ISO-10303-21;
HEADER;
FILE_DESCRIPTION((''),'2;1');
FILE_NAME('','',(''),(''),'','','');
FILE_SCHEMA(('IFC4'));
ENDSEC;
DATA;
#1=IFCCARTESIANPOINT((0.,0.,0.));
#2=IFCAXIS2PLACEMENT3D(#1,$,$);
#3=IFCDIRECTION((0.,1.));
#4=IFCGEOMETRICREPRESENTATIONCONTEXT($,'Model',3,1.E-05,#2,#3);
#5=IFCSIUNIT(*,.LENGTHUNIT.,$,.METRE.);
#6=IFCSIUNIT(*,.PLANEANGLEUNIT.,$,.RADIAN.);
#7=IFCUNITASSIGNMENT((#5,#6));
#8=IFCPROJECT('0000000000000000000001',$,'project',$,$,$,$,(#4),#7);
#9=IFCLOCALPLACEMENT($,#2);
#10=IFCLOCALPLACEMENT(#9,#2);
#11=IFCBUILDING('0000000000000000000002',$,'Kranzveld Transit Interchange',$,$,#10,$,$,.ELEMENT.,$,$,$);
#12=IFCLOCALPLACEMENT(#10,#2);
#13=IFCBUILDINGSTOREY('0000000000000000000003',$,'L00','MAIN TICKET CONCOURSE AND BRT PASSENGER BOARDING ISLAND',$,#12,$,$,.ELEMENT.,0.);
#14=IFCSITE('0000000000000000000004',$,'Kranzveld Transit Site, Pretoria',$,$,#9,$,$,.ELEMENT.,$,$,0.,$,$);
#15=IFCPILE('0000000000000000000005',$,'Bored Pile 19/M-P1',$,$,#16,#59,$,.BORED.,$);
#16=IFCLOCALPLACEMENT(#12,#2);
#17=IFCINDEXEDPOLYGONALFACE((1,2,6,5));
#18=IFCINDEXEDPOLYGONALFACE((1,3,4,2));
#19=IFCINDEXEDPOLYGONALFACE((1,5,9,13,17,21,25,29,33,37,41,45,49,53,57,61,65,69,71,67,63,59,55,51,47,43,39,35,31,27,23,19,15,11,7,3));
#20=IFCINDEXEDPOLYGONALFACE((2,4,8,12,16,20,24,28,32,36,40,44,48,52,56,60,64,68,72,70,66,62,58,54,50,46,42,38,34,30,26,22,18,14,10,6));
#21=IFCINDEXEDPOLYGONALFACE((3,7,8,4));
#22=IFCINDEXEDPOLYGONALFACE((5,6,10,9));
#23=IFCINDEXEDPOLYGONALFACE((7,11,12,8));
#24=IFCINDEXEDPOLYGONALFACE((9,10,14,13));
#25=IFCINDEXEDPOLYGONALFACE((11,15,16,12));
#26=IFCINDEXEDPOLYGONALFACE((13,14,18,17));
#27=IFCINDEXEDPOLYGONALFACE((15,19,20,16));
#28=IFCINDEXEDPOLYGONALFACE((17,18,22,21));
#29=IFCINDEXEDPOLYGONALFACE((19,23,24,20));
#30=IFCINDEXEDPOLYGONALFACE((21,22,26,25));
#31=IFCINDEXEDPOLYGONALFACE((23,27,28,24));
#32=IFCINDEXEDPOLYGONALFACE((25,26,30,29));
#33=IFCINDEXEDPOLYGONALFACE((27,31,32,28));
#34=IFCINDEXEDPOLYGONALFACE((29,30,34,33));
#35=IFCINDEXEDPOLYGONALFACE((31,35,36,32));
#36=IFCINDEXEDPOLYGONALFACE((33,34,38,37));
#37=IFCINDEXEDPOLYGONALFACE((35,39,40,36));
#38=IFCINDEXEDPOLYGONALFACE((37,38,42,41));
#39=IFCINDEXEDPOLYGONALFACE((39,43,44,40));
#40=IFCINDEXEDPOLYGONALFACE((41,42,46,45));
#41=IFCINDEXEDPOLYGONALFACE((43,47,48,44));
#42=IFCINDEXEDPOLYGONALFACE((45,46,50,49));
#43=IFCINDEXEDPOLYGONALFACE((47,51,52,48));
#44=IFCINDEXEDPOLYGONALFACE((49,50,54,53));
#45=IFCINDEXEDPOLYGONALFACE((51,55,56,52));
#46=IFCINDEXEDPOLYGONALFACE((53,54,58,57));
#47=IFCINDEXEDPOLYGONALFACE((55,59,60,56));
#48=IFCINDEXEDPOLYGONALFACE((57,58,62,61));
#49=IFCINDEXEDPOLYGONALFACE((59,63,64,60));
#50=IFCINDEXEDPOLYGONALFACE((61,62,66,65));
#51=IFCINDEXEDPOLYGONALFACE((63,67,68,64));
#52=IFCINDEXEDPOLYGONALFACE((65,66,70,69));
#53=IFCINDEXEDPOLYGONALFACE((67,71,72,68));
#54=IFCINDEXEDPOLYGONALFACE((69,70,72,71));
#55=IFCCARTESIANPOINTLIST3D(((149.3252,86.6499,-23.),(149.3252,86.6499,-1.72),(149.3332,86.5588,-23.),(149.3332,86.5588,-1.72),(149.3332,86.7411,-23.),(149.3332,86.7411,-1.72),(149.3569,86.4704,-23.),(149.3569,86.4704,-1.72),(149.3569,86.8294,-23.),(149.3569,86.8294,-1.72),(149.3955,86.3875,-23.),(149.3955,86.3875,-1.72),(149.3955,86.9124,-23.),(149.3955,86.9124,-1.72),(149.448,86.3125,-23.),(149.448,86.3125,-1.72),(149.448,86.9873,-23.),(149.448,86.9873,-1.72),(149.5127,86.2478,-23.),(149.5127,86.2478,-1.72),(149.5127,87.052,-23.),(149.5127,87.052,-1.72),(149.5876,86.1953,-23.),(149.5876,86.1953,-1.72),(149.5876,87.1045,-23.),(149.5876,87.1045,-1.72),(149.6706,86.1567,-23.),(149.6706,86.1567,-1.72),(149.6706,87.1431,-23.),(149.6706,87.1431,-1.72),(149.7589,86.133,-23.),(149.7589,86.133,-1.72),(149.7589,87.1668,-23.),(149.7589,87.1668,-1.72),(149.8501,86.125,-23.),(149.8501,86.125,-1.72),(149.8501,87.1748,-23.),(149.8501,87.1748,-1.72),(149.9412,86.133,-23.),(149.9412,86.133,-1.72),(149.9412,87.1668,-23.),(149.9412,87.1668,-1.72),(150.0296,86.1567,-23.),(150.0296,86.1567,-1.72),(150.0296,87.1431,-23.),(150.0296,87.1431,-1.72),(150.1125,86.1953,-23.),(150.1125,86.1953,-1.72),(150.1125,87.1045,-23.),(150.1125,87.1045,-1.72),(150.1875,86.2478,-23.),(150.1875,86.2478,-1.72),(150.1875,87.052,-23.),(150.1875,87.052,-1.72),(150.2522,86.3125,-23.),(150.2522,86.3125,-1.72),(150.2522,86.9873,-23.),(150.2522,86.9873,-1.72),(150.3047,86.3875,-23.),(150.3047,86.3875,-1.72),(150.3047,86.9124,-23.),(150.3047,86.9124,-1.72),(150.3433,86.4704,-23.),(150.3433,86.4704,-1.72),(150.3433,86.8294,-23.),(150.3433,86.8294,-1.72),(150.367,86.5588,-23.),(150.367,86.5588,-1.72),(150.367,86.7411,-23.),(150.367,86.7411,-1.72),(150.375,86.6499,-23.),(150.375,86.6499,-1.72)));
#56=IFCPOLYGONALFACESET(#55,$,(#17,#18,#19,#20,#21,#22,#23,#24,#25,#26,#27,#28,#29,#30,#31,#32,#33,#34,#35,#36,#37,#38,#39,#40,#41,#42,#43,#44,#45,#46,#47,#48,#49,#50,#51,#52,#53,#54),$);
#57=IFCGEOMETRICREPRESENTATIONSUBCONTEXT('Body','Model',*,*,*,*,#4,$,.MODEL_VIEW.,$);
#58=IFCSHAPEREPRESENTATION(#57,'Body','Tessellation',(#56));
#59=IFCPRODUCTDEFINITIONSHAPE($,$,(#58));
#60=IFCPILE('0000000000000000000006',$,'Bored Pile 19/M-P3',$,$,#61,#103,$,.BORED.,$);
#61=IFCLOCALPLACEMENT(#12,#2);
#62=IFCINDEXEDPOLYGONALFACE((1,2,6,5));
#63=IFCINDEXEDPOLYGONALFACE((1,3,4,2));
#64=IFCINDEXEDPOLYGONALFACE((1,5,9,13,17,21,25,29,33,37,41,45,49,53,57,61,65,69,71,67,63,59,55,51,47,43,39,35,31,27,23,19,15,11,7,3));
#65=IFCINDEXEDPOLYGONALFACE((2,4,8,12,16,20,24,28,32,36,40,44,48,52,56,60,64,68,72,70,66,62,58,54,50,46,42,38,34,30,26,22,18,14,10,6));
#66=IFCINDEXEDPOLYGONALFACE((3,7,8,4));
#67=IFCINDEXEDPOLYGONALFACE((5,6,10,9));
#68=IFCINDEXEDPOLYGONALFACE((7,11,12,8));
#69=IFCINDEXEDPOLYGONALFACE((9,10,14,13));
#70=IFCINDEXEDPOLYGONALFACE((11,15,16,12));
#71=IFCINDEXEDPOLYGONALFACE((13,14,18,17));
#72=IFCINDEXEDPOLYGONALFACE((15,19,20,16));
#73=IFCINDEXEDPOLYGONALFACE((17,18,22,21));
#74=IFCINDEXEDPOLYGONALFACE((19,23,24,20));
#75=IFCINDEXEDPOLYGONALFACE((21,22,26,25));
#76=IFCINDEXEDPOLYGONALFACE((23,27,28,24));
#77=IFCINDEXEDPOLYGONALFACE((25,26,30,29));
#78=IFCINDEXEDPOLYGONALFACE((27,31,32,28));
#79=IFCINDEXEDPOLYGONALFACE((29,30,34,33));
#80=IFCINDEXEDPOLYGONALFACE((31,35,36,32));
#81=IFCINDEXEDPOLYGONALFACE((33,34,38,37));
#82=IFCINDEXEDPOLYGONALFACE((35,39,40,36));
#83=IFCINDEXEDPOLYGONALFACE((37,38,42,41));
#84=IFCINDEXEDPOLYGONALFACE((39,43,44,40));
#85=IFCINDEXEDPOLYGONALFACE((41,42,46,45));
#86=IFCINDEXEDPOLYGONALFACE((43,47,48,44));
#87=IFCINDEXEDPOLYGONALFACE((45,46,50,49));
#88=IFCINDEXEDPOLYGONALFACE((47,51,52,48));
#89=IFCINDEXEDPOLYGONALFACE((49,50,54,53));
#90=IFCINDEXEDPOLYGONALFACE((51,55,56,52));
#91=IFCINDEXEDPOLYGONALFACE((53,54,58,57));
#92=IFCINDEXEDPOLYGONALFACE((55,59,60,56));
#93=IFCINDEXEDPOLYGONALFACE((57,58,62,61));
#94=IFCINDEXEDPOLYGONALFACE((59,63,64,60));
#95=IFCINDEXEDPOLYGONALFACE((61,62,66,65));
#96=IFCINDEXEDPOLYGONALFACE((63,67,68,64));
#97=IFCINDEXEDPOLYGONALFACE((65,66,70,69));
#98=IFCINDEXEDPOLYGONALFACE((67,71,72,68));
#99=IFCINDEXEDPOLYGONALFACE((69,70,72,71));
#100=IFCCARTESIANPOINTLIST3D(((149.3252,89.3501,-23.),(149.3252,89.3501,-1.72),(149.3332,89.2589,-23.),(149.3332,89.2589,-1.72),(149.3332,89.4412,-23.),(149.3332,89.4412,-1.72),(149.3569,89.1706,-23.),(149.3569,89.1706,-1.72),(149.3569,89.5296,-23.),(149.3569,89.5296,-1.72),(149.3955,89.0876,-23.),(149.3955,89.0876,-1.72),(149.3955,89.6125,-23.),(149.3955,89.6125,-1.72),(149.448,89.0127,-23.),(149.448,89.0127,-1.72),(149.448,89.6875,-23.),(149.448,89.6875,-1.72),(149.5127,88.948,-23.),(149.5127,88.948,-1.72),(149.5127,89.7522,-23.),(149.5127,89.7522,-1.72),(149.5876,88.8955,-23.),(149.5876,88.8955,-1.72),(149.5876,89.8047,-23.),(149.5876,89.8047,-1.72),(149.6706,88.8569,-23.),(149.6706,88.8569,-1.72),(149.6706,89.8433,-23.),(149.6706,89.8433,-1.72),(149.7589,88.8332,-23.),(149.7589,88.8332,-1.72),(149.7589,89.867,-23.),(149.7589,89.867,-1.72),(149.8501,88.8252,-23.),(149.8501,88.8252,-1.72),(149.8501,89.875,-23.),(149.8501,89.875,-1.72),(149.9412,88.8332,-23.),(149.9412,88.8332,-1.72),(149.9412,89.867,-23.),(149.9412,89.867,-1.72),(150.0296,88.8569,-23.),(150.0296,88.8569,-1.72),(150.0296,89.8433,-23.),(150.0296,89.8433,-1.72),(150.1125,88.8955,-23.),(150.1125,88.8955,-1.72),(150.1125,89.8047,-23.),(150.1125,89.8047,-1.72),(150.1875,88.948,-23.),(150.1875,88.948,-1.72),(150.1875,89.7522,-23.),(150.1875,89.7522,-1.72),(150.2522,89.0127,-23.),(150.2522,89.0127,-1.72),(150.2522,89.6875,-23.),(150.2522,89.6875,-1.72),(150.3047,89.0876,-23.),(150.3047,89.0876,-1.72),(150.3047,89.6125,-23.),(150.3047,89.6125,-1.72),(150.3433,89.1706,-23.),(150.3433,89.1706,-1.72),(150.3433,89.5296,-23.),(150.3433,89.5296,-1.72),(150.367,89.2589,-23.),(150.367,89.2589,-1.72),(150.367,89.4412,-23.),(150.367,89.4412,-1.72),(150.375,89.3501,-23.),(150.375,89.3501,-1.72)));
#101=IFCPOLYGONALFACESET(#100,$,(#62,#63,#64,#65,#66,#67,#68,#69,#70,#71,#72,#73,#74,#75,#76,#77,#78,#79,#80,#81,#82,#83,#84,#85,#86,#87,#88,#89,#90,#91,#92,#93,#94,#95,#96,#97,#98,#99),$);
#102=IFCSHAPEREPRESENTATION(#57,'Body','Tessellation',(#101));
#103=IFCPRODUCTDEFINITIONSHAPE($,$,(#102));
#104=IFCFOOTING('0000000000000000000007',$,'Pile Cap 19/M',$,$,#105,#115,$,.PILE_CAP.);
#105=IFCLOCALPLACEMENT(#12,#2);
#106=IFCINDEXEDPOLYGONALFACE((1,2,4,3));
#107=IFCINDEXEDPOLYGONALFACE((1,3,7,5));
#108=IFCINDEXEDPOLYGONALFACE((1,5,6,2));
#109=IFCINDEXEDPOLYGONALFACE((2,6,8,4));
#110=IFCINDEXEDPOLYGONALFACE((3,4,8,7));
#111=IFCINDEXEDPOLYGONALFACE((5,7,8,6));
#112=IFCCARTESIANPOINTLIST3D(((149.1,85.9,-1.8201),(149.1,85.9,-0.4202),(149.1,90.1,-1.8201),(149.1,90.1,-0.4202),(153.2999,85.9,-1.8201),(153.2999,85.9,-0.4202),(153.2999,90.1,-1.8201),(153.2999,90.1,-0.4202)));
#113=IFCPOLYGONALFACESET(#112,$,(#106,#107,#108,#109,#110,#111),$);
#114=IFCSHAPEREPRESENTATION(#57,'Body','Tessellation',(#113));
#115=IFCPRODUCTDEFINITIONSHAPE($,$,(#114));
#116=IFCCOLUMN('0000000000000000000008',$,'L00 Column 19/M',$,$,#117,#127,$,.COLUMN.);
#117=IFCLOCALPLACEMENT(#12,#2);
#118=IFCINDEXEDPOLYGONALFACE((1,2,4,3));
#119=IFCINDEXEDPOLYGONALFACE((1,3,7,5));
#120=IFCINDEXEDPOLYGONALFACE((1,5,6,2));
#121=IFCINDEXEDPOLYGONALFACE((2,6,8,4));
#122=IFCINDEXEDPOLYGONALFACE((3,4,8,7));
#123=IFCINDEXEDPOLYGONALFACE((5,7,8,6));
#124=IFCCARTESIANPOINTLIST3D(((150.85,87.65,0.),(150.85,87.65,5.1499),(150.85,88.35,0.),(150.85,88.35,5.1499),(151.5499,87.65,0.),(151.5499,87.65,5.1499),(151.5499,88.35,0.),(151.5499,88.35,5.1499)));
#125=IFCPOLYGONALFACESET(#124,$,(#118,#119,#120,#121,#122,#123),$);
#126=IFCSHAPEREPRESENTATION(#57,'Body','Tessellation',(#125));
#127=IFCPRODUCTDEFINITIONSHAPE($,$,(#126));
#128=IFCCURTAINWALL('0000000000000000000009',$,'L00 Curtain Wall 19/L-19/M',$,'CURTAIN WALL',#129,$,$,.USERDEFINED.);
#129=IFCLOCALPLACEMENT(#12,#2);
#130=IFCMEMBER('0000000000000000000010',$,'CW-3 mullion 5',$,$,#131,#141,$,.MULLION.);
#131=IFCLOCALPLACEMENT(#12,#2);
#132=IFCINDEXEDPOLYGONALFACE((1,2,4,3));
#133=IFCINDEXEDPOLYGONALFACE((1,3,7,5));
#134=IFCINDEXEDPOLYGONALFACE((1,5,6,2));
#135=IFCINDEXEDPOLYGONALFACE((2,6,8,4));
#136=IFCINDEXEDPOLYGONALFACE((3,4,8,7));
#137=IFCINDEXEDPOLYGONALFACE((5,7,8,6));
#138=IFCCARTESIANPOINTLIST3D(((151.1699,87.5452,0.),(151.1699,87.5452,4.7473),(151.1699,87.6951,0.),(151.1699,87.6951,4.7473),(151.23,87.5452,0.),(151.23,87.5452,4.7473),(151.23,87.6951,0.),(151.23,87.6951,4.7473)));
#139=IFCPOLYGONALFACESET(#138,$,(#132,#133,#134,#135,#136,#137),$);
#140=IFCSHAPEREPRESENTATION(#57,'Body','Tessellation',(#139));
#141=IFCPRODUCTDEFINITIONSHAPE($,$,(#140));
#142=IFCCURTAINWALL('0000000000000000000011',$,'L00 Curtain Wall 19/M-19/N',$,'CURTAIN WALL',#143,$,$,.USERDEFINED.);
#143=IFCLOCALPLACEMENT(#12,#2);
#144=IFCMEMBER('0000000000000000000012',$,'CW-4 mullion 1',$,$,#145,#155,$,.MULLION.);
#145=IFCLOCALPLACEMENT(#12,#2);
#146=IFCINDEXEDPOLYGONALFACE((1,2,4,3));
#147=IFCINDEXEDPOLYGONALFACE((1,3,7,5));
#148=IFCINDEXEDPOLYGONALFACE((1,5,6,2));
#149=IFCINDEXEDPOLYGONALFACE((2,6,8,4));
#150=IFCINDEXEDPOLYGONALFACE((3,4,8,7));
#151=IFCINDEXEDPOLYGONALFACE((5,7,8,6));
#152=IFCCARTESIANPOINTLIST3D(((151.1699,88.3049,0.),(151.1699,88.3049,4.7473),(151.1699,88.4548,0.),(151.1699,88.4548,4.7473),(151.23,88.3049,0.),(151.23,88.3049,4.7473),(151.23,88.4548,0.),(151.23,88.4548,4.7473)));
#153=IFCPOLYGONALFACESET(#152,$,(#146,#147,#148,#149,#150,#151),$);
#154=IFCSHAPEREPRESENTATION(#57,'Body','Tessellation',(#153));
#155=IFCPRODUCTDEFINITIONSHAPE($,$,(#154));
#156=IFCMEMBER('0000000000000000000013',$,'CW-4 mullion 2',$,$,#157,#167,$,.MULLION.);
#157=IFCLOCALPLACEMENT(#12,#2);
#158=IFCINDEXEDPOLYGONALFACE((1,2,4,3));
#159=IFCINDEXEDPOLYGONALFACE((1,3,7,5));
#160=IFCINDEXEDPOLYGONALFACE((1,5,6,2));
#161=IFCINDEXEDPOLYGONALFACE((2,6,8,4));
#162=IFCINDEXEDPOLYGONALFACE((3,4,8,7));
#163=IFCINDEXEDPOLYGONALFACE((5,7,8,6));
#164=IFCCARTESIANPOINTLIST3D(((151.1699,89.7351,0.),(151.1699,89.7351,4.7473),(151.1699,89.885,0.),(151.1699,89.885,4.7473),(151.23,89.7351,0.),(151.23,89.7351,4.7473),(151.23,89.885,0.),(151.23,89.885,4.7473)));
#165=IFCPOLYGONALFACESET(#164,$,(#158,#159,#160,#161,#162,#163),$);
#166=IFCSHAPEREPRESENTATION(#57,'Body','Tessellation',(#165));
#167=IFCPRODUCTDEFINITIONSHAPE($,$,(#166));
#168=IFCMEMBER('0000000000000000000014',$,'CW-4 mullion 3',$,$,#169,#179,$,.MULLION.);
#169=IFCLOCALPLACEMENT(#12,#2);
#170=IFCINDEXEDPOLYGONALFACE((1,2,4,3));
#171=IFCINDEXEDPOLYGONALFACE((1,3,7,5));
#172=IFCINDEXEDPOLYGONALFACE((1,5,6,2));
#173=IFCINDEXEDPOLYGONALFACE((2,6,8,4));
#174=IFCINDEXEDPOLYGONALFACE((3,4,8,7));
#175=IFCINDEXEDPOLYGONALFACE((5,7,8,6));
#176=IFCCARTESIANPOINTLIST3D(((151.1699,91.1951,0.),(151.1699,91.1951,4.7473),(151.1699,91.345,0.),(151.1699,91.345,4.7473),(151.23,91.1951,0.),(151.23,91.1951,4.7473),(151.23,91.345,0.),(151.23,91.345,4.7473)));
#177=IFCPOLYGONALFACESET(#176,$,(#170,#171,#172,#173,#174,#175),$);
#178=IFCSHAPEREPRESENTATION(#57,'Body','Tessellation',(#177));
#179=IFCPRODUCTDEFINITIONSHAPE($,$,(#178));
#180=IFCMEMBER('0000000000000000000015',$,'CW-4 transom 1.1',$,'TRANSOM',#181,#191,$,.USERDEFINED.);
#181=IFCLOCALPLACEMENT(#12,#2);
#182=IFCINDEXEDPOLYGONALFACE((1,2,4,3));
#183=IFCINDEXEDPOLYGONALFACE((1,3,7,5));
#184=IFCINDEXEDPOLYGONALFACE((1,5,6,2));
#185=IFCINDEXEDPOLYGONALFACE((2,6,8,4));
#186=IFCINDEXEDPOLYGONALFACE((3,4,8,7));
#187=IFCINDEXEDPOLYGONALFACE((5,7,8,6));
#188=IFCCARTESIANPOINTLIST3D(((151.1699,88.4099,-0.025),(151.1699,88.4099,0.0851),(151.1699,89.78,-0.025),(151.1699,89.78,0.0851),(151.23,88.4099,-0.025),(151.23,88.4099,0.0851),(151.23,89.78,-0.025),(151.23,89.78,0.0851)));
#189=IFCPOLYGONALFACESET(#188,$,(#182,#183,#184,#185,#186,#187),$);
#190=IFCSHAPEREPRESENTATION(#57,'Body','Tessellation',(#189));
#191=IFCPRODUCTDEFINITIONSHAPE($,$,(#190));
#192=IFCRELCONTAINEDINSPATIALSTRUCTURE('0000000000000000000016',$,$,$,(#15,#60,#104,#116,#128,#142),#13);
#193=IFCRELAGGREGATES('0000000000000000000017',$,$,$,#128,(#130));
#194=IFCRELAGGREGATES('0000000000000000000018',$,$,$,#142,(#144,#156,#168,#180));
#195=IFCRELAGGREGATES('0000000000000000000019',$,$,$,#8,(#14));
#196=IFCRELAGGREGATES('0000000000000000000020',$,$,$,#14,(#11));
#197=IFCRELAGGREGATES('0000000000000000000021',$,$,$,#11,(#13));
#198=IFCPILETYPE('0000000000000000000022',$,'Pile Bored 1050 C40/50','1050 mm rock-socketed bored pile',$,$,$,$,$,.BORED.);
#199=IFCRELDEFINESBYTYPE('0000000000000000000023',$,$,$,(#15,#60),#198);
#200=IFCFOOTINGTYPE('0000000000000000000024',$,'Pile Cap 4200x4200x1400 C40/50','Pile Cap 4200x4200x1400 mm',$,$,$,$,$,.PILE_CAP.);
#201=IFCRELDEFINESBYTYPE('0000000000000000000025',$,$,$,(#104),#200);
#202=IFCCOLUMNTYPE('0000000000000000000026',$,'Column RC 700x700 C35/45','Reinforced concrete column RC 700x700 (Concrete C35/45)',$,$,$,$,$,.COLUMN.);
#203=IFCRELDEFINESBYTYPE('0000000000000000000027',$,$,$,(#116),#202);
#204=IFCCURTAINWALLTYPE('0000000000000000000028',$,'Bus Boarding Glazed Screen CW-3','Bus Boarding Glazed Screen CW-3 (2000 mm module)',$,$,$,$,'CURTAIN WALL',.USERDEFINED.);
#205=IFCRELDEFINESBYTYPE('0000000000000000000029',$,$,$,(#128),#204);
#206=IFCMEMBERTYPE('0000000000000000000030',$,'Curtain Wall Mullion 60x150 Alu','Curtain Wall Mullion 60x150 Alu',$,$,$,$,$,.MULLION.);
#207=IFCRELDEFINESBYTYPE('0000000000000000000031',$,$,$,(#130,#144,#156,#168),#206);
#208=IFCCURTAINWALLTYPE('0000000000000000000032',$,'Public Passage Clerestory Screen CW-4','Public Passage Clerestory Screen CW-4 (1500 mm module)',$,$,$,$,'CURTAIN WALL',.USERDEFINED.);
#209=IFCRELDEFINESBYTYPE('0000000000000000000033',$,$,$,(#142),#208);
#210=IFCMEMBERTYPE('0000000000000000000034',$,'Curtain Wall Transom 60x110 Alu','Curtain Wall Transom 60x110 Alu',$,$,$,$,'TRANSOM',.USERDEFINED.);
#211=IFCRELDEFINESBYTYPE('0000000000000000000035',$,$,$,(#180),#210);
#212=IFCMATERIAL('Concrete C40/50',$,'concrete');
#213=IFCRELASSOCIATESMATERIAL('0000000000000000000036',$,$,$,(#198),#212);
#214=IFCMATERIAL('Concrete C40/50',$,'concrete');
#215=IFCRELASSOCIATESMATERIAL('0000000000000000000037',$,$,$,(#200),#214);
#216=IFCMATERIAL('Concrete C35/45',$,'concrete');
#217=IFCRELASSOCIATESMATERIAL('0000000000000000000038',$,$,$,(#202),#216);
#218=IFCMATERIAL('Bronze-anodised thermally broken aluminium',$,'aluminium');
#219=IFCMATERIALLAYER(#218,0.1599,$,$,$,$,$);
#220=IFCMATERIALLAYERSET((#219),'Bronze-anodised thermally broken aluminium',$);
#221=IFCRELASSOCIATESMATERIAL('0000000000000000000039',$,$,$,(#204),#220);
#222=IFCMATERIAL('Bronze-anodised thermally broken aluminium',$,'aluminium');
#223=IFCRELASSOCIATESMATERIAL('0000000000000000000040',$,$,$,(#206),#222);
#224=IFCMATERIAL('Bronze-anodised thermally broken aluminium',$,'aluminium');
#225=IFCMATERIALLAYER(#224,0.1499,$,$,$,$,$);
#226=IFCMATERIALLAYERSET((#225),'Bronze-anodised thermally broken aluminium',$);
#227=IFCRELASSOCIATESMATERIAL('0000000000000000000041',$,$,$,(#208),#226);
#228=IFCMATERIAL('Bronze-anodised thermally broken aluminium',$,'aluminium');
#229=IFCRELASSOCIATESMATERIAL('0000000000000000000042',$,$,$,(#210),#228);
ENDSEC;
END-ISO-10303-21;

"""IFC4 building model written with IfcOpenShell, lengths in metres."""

from ifc_helpers import new_model, si_unit, direction, frame, origin, origin_2d, place, context, subcontext, project, spatial, rectangle, circle, extrude, material, layer, layer_set, material_profile, profile_set, type_object, element, aggregate, save


model = new_model("IFC4")

# Units and contexts
model_context = context("Model", 3, precision=1e-05, world=origin(), true_north=direction((0.0, 1.0)))
body_context = subcontext(model_context, "Body", "Model", "MODEL_VIEW")
ifc_project = project(units=[si_unit("LENGTHUNIT", "METRE"), si_unit("PLANEANGLEUNIT", "RADIAN")], contexts=[model_context])

# Site, building, storey
site_placement = place(None, origin())
site = spatial("IfcSite", under=ifc_project, at=site_placement, Name="Kranzveld Transit Site, Pretoria", CompositionType="ELEMENT", RefElevation=0.0)
building_placement = place(site_placement, origin())
building = spatial("IfcBuilding", under=site, at=building_placement, Name="Kranzveld Transit Interchange", CompositionType="ELEMENT")
storey_placement = place(building_placement, origin())
storey = spatial("IfcBuildingStorey", under=building, at=storey_placement, Name="L00", Description="MAIN TICKET CONCOURSE AND BRT PASSENGER BOARDING ISLAND", CompositionType="ELEMENT", Elevation=0.0)

# Piles
ifc_material_1 = material(Name="Concrete C40/50", Category="concrete")
ifc_material_profile_1 = material_profile(ifc_material_1, circle(Radius=0.5249, at=origin_2d()), Name="BORED PILE 1050")
ifc_profile_set_1 = profile_set([ifc_material_profile_1], Name="Concrete C40/50")
pile_type = type_object("IfcPileType", Name="Pile Bored 1050 C40/50", Description="1050 mm rock-socketed bored pile", PredefinedType="BORED", material=ifc_profile_set_1)
for number, where, z_axis, x_axis, name in (
    (1, (149.8501, 86.6499, -1.72), (0.0, 0.0, -1.0), (1.0, 0.0, 0.0), "Bored Pile 19/M-P1"),
    (2, (149.8501, 89.3501, -1.72), (0.0, 0.0, -1.0), (1.0, 0.0, 0.0), "Bored Pile 19/M-P3"),
):
    element("IfcPile", number, at=place(storey_placement, frame(where, z_axis=z_axis, x_axis=x_axis)), inside=storey, type_object=pile_type, Name=name, PredefinedType="BORED", context=body_context, shape_type="SweptSolid", body=[
        extrude(circle(Radius=0.5249, at=origin_2d()), origin(), (0.0, 0.0, 1.0), 21.28),
    ])

# Footing
ifc_material_2 = material(Name="Concrete C40/50", Category="concrete")
footing_type = type_object("IfcFootingType", Name="Pile Cap 4200x4200x1400 C40/50", Description="Pile Cap 4200x4200x1400 mm", PredefinedType="PILE_CAP", material=ifc_material_2)
footing_placement = place(storey_placement, frame((151.2, 88.0, -1.8201), z_axis=(0.0, 0.0, 1.0), x_axis=(1.0, 0.0, 0.0)))
element("IfcFooting", 3, at=footing_placement, inside=storey, type_object=footing_type, Name="Pile Cap 19/M", PredefinedType="PILE_CAP", context=body_context, shape_type="SweptSolid", body=[
    extrude(rectangle(XDim=4.2, YDim=4.2, at=origin_2d()), origin(), (0.0, 0.0, 1.0), 1.3999),
])

# Column
ifc_material_3 = material(Name="Concrete C35/45", Category="concrete")
ifc_material_profile_2 = material_profile(ifc_material_3, rectangle(XDim=0.7, YDim=0.7, at=origin_2d()), Name="RC 700x700")
ifc_profile_set_2 = profile_set([ifc_material_profile_2], Name="Concrete C35/45")
column_type = type_object("IfcColumnType", Name="Column RC 700x700 C35/45", Description="Reinforced concrete column RC 700x700 (Concrete C35/45)", PredefinedType="COLUMN", material=ifc_profile_set_2)
column_placement = place(storey_placement, frame((151.2, 88.0, 0.0), z_axis=(0.0, 0.0, 1.0), x_axis=(1.0, 0.0, 0.0)))
element("IfcColumn", 4, at=column_placement, inside=storey, type_object=column_type, Name="L00 Column 19/M", PredefinedType="COLUMN", context=body_context, shape_type="SweptSolid", body=[
    extrude(rectangle(XDim=0.7, YDim=0.7, at=origin_2d()), origin(), (0.0, 0.0, 1.0), 5.1499),
])

# Curtain wall, member
ifc_material_4 = material(Name="Bronze-anodised thermally broken aluminium", Category="aluminium")
ifc_layer_1 = layer(ifc_material_4, 0.1599)
ifc_layer_set_1 = layer_set([ifc_layer_1], Name="Bronze-anodised thermally broken aluminium")
curtain_wall_type_1 = type_object("IfcCurtainWallType", Name="Bus Boarding Glazed Screen CW-3", Description="Bus Boarding Glazed Screen CW-3 (2000 mm module)", ElementType="CURTAIN WALL", PredefinedType="USERDEFINED", material=ifc_layer_set_1)
curtain_wall_1_placement = place(storey_placement, origin())
curtain_wall_1 = element("IfcCurtainWall", 5, at=curtain_wall_1_placement, inside=storey, type_object=curtain_wall_type_1, Name="L00 Curtain Wall 19/L-19/M", ObjectType="CURTAIN WALL", PredefinedType="USERDEFINED")
ifc_material_5 = material(Name="Bronze-anodised thermally broken aluminium", Category="aluminium")
ifc_material_profile_3 = material_profile(ifc_material_5, rectangle(XDim=0.0601, YDim=0.1499, at=origin_2d()), Name="ALU MULLION 60x150")
ifc_profile_set_3 = profile_set([ifc_material_profile_3], Name="Bronze-anodised thermally broken aluminium")
member_type_1 = type_object("IfcMemberType", Name="Curtain Wall Mullion 60x150 Alu", Description="Curtain Wall Mullion 60x150 Alu", PredefinedType="MULLION", material=ifc_profile_set_3)
member_1_placement = place(storey_placement, frame((151.2, 87.6201, 0.0), z_axis=(0.0, 0.0, 1.0), x_axis=(-1.0, 0.0, 0.0)))
member_1 = element("IfcMember", 6, at=member_1_placement, type_object=member_type_1, Name="CW-3 mullion 5", PredefinedType="MULLION", context=body_context, shape_type="SweptSolid", body=[
    extrude(rectangle(XDim=0.0601, YDim=0.1499, at=origin_2d()), origin(), (0.0, 0.0, 1.0), 4.7473),
])

# Curtain wall, members
ifc_material_6 = material(Name="Bronze-anodised thermally broken aluminium", Category="aluminium")
ifc_layer_2 = layer(ifc_material_6, 0.1499)
ifc_layer_set_2 = layer_set([ifc_layer_2], Name="Bronze-anodised thermally broken aluminium")
curtain_wall_type_2 = type_object("IfcCurtainWallType", Name="Public Passage Clerestory Screen CW-4", Description="Public Passage Clerestory Screen CW-4 (1500 mm module)", ElementType="CURTAIN WALL", PredefinedType="USERDEFINED", material=ifc_layer_set_2)
curtain_wall_2_placement = place(storey_placement, origin())
curtain_wall_2 = element("IfcCurtainWall", 7, at=curtain_wall_2_placement, inside=storey, type_object=curtain_wall_type_2, Name="L00 Curtain Wall 19/M-19/N", ObjectType="CURTAIN WALL", PredefinedType="USERDEFINED")
member_2_placement = place(storey_placement, frame((151.2, 88.3799, 0.0), z_axis=(0.0, 0.0, 1.0), x_axis=(-1.0, 0.0, 0.0)))
member_2 = element("IfcMember", 8, at=member_2_placement, type_object=member_type_1, Name="CW-4 mullion 1", PredefinedType="MULLION", context=body_context, shape_type="SweptSolid", body=[
    extrude(rectangle(XDim=0.0601, YDim=0.1499, at=origin_2d()), origin(), (0.0, 0.0, 1.0), 4.7473),
])
member_3_placement = place(storey_placement, frame((151.2, 89.8101, 0.0), z_axis=(0.0, 0.0, 1.0), x_axis=(-1.0, 0.0, 0.0)))
member_3 = element("IfcMember", 9, at=member_3_placement, type_object=member_type_1, Name="CW-4 mullion 2", PredefinedType="MULLION", context=body_context, shape_type="SweptSolid", body=[
    extrude(rectangle(XDim=0.0601, YDim=0.1499, at=origin_2d()), origin(), (0.0, 0.0, 1.0), 4.7473),
])
member_4_placement = place(storey_placement, frame((151.2, 91.27, 0.0), z_axis=(0.0, 0.0, 1.0), x_axis=(-1.0, 0.0, 0.0)))
member_4 = element("IfcMember", 10, at=member_4_placement, type_object=member_type_1, Name="CW-4 mullion 3", PredefinedType="MULLION", context=body_context, shape_type="SweptSolid", body=[
    extrude(rectangle(XDim=0.0601, YDim=0.1499, at=origin_2d()), origin(), (0.0, 0.0, 1.0), 4.7473),
])
ifc_material_7 = material(Name="Bronze-anodised thermally broken aluminium", Category="aluminium")
ifc_material_profile_4 = material_profile(ifc_material_7, rectangle(XDim=0.0601, YDim=0.1101, at=origin_2d()), Name="ALU TRANSOM 60x110")
ifc_profile_set_4 = profile_set([ifc_material_profile_4], Name="Bronze-anodised thermally broken aluminium")
member_type_2 = type_object("IfcMemberType", Name="Curtain Wall Transom 60x110 Alu", Description="Curtain Wall Transom 60x110 Alu", ElementType="TRANSOM", PredefinedType="USERDEFINED", material=ifc_profile_set_4)
member_5_placement = place(storey_placement, frame((151.2, 88.4099, 0.03), z_axis=(0.0, 1.0, 0.0), x_axis=(-1.0, 0.0, 0.0)))
member_5 = element("IfcMember", 11, at=member_5_placement, type_object=member_type_2, Name="CW-4 transom 1.1", ObjectType="TRANSOM", PredefinedType="USERDEFINED", context=body_context, shape_type="SweptSolid", body=[
    extrude(rectangle(XDim=0.0601, YDim=0.1101, at=origin_2d()), origin(), (0.0, 0.0, 1.0), 1.3701),
])

aggregate(curtain_wall_1, [member_1])
aggregate(curtain_wall_2, [member_2, member_3, member_4, member_5])

save(model, "model.ifc")
